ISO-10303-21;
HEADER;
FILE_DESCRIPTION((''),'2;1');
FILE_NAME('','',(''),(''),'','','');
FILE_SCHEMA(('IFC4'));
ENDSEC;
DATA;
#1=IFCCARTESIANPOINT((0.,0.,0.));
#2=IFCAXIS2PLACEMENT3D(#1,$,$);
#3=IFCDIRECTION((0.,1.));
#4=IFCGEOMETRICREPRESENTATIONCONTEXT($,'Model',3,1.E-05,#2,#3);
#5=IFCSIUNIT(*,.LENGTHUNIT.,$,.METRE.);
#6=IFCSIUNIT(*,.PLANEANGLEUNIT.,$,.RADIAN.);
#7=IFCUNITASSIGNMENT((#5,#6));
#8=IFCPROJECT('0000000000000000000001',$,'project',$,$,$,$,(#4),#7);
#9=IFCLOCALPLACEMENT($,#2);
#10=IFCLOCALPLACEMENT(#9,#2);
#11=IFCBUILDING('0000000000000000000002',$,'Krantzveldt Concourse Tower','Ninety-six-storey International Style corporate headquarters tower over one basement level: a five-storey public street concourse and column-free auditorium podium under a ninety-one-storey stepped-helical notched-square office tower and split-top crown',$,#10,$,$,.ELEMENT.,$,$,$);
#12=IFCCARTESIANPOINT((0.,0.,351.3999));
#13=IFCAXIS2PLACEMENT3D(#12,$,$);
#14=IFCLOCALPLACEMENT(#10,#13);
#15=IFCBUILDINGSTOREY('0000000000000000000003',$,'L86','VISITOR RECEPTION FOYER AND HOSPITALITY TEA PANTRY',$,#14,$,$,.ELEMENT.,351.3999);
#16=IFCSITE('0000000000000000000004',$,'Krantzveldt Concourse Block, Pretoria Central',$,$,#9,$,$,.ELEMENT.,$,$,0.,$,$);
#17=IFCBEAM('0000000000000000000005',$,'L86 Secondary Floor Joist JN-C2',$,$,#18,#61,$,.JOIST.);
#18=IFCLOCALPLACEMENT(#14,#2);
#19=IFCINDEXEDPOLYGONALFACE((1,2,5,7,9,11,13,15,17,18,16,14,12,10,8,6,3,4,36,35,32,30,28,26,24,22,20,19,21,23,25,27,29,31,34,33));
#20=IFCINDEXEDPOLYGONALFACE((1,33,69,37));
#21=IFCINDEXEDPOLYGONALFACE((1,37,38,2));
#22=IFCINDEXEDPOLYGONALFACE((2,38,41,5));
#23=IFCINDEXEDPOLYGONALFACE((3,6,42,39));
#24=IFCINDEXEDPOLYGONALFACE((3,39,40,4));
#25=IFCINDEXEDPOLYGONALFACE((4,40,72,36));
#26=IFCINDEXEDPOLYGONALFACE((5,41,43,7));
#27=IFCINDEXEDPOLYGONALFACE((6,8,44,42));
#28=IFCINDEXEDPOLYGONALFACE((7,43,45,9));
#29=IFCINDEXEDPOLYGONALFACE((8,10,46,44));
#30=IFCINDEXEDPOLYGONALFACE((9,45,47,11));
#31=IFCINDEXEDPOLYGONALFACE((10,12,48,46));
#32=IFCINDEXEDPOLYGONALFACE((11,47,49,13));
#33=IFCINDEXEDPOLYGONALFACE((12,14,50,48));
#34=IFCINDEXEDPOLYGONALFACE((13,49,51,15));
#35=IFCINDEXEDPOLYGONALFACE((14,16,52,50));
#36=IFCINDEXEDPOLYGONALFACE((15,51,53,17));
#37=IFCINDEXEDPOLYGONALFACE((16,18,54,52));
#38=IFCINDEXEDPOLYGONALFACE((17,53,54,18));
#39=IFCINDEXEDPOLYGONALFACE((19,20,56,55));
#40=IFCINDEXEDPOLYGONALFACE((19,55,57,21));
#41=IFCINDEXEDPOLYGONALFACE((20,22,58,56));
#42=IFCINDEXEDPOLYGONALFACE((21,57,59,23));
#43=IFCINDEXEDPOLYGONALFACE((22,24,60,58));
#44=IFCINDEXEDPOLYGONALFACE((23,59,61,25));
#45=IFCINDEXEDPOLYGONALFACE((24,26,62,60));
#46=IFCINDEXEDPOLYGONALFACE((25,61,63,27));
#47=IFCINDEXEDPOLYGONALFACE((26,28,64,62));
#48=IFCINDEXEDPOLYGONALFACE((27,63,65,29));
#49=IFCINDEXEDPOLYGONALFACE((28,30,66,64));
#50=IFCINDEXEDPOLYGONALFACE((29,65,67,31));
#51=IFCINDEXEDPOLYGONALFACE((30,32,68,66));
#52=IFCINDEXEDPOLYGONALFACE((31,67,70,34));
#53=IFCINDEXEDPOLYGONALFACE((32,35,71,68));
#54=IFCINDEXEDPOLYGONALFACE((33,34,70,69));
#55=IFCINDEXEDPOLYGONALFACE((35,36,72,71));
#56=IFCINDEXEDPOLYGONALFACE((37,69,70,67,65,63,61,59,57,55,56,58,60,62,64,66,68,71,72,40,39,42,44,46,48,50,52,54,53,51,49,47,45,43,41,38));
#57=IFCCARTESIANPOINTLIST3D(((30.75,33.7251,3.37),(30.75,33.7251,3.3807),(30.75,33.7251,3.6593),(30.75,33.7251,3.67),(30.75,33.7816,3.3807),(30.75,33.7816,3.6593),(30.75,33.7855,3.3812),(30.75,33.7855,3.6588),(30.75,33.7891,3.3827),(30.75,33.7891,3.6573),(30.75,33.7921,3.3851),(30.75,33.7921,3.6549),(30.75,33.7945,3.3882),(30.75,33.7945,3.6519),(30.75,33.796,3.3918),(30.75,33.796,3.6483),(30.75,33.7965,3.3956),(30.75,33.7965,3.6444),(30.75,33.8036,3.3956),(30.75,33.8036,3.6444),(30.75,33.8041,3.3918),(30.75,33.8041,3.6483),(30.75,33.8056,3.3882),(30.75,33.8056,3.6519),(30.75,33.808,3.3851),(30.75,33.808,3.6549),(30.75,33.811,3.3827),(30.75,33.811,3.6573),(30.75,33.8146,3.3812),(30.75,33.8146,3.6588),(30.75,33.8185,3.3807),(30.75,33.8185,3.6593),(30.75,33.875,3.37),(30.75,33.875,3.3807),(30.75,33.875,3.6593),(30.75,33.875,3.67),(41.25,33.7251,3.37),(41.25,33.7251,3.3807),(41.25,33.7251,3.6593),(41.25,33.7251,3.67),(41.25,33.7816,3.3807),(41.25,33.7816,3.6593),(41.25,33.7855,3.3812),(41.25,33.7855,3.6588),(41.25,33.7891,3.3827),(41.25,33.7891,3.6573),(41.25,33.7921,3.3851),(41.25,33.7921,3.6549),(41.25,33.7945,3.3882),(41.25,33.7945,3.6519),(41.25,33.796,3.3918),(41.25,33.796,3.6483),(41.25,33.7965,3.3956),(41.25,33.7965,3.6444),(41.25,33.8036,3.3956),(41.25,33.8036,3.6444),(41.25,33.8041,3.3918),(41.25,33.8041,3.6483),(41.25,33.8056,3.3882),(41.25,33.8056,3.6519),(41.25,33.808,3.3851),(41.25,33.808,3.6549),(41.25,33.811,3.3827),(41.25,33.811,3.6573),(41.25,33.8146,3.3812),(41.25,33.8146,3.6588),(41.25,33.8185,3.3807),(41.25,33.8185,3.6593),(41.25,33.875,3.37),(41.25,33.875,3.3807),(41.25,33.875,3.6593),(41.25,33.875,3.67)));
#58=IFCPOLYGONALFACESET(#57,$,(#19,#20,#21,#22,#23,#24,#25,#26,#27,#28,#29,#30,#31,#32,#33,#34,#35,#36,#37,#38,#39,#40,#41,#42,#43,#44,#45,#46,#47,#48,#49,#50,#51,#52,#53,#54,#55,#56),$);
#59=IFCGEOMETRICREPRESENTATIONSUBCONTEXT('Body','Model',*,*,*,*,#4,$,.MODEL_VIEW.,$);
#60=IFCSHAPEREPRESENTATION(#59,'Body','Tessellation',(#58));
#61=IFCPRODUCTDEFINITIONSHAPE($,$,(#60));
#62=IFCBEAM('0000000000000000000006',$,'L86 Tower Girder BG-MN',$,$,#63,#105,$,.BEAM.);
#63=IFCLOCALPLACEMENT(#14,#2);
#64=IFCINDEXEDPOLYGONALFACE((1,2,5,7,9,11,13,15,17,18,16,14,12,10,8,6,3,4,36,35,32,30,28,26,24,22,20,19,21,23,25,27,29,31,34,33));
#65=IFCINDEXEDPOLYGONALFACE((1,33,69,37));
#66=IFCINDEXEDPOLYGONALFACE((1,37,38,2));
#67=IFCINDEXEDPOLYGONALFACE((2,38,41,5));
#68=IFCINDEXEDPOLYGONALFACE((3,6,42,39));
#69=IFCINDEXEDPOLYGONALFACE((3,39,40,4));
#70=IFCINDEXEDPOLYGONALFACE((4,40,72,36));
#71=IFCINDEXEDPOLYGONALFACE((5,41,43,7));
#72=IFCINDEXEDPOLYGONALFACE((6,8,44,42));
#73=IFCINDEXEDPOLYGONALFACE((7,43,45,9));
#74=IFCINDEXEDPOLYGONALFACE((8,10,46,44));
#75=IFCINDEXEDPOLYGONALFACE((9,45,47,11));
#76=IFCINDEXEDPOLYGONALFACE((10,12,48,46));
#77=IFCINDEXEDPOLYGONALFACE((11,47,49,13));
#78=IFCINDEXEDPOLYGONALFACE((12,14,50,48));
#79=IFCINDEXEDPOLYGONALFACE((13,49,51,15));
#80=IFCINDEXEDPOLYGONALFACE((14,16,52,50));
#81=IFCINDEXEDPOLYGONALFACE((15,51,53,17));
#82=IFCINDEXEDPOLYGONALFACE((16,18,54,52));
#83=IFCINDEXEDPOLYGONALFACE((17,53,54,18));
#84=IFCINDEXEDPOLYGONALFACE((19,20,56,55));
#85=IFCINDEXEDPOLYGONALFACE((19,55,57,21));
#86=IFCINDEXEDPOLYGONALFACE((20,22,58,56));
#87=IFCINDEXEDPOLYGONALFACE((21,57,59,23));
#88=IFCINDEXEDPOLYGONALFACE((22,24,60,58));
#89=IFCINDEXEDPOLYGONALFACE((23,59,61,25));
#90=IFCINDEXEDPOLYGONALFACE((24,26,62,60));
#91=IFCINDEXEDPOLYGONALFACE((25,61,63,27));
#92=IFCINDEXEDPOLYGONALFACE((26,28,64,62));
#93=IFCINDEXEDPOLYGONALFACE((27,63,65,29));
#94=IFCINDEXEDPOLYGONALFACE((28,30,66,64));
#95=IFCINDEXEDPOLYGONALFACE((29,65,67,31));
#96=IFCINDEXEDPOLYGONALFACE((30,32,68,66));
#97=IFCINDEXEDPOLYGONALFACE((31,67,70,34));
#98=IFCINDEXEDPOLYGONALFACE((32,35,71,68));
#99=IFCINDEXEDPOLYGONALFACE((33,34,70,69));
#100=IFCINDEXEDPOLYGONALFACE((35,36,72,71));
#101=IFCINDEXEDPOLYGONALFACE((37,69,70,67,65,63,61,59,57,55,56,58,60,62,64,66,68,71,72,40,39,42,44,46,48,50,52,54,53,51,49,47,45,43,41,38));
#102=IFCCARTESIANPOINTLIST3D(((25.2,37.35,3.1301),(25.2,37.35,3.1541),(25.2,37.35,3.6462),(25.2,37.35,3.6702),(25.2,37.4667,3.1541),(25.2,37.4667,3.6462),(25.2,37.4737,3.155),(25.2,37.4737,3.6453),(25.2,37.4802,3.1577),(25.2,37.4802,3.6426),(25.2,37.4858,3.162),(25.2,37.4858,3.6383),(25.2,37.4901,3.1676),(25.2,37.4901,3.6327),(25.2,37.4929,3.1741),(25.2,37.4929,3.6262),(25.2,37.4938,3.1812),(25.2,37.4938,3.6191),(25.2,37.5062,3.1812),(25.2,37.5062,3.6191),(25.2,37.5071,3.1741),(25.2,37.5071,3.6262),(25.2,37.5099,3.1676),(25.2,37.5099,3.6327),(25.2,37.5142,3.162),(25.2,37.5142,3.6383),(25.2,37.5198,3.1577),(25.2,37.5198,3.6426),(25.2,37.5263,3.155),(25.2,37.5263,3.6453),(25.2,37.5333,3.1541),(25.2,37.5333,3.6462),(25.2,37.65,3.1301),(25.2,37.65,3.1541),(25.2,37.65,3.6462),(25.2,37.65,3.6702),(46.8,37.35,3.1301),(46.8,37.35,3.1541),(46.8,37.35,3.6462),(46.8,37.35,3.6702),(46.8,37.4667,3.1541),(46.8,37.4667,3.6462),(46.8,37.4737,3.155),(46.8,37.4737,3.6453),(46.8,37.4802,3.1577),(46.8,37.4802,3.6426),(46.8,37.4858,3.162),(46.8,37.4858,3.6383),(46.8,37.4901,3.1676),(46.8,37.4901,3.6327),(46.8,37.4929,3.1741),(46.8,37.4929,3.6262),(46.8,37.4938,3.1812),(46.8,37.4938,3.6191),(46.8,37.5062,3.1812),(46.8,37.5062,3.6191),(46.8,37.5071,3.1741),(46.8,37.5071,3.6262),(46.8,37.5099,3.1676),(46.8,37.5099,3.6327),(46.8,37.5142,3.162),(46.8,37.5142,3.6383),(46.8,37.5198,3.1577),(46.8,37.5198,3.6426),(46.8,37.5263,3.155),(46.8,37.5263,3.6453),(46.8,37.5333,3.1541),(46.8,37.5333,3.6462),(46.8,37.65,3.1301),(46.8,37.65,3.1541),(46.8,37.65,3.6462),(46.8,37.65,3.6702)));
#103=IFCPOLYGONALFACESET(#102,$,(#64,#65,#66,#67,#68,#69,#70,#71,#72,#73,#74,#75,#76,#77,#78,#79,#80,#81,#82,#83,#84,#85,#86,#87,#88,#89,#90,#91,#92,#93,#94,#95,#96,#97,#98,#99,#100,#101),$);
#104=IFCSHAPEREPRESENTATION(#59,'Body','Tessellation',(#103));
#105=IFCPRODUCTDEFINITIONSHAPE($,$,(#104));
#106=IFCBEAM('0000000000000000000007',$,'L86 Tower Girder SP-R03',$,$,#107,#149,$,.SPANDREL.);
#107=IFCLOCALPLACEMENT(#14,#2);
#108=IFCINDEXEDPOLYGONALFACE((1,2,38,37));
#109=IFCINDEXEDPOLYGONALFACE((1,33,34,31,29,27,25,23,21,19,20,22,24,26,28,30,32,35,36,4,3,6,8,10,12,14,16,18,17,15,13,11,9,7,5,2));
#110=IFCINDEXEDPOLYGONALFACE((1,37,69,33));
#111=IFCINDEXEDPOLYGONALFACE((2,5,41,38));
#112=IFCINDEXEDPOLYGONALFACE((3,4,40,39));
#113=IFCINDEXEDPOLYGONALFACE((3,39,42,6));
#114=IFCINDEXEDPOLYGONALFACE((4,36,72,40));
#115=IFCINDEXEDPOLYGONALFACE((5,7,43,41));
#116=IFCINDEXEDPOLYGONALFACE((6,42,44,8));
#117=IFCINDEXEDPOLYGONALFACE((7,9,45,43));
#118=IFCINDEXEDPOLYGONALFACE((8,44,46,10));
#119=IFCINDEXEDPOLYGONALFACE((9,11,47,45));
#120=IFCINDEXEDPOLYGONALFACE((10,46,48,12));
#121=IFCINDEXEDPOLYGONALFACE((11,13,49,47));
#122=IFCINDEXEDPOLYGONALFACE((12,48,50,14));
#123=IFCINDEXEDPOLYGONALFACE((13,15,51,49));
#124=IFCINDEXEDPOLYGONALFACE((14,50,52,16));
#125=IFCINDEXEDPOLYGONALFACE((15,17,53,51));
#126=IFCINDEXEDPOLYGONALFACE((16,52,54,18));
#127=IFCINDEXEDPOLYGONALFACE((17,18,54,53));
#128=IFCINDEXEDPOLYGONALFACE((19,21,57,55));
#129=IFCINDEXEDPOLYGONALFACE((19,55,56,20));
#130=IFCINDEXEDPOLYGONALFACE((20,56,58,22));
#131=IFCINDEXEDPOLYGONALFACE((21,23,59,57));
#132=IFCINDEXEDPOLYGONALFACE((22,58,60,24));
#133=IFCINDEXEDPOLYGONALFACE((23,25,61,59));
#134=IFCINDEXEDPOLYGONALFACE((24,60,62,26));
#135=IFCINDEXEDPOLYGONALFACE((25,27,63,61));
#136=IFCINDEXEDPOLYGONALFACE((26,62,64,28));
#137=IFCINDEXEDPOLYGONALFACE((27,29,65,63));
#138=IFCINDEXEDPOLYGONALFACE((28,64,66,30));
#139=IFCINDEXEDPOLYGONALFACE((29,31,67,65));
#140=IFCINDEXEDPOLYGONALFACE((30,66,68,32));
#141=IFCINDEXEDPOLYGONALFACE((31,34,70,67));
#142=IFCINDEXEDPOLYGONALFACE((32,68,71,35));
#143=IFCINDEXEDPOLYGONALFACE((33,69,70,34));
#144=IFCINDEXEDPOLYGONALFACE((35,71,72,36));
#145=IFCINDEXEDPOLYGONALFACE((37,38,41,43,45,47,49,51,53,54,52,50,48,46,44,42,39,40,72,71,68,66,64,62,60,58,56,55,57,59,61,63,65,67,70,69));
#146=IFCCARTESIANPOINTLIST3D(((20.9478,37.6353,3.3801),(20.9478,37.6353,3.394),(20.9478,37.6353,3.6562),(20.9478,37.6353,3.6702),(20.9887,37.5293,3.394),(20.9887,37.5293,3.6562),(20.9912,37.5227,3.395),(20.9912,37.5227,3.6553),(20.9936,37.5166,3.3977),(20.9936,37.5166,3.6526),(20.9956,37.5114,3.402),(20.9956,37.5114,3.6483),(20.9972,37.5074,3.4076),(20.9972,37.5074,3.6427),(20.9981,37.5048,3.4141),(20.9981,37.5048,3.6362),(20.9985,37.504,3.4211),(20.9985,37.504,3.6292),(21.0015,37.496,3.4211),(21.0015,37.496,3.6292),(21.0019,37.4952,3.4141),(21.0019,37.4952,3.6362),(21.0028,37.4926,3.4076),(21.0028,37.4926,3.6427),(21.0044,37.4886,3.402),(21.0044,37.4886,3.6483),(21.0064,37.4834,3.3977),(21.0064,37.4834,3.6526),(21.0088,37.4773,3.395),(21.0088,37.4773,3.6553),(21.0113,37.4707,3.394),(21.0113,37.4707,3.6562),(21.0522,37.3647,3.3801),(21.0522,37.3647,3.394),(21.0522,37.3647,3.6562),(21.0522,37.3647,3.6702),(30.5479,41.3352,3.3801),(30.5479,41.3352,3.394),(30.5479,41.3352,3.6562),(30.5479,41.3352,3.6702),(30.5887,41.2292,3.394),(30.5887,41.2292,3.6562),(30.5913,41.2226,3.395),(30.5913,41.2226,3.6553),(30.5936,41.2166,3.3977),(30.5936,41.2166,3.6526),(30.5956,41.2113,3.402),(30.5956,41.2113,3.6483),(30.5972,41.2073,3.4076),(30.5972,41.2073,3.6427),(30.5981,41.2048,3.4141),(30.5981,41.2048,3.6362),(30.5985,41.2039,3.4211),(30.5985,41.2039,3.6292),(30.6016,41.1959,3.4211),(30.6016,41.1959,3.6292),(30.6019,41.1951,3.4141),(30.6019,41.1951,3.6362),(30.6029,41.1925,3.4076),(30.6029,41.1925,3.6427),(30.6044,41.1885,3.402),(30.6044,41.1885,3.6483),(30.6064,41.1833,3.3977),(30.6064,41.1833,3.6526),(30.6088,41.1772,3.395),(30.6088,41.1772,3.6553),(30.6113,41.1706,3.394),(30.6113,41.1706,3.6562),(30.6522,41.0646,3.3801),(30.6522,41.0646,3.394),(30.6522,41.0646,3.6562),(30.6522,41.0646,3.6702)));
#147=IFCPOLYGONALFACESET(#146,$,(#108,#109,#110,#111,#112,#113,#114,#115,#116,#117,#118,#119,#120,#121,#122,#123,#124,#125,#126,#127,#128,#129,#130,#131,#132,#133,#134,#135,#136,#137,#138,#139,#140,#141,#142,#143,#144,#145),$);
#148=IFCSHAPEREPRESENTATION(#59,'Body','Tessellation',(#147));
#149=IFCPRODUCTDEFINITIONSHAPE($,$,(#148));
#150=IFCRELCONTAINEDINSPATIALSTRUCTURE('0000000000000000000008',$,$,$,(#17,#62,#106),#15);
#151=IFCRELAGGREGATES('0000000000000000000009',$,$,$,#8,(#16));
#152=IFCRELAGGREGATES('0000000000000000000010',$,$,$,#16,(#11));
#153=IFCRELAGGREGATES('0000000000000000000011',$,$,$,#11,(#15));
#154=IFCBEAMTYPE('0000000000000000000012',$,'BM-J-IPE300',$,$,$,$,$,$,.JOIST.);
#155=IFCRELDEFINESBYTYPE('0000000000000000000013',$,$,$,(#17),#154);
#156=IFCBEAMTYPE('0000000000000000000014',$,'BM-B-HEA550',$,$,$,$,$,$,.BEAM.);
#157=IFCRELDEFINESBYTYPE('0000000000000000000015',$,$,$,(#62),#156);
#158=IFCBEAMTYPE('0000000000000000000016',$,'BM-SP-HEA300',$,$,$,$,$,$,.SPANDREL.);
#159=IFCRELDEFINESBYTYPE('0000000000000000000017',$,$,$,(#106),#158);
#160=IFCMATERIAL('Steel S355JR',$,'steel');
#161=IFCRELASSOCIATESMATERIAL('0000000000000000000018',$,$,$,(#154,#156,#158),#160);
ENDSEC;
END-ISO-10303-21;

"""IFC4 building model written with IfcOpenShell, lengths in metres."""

from ifc_helpers import new_model, si_unit, direction, frame, origin, origin_2d, place, context, subcontext, project, spatial, i_section, extrude, source, transform, mapped, material, material_profile, profile_set, type_object, type_shapes, element, save


model = new_model("IFC4")

# Units and contexts
model_context = context("Model", 3, precision=1e-05, world=origin(), true_north=direction((0.0, 1.0)))
body_context = subcontext(model_context, "Body", "Model", "MODEL_VIEW")
ifc_project = project(units=[si_unit("LENGTHUNIT", "METRE"), si_unit("PLANEANGLEUNIT", "RADIAN")], contexts=[model_context])

# Site, building, storey
site_placement = place(None, origin())
site = spatial("IfcSite", under=ifc_project, at=site_placement, Name="Krantzveldt Concourse Block, Pretoria Central", CompositionType="ELEMENT", RefElevation=0.0)
building_placement = place(site_placement, origin())
building = spatial("IfcBuilding", under=site, at=building_placement, Name="Krantzveldt Concourse Tower", Description="Ninety-six-storey International Style corporate headquarters tower over one basement level: a five-storey public street concourse and column-free auditorium podium under a ninety-one-storey stepped-helical notched-square office tower and split-top crown", CompositionType="ELEMENT")
storey_placement = place(building_placement, frame((0.0, 0.0, 351.3999)))
storey = spatial("IfcBuildingStorey", under=building, at=storey_placement, Name="L86", Description="VISITOR RECEPTION FOYER AND HOSPITALITY TEA PANTRY", CompositionType="ELEMENT", Elevation=351.3999)

# Beams
ifc_material_1 = material(Name="Steel S355JR", Category="steel")
ifc_material_profile_1 = material_profile(ifc_material_1, i_section(OverallWidth=0.1499, OverallDepth=0.3, WebThickness=0.0071, FlangeThickness=0.0107, FilletRadius=0.0149, at=origin_2d()), Name="Steel S355JR", Category="steel")
ifc_profile_set_1 = profile_set([ifc_material_profile_1], Name="Steel S355JR - IPE 300")
beam_type_1 = type_object("IfcBeamType", Name="BM-J-IPE300", PredefinedType="JOIST", material=ifc_profile_set_1)
shared_shape_1 = source(origin(), body_context, "Body", "SweptSolid", [
    extrude(i_section(OverallWidth=0.1499, OverallDepth=0.3, WebThickness=0.0071, FlangeThickness=0.0107, FilletRadius=0.0149, at=origin_2d()), origin(), (0.0, 0.0, 1.0), 10.5),
])
beam_1_placement = place(storey_placement, frame((30.75, 33.8, 3.52), z_axis=(1.0, 0.0, 0.0), x_axis=(0.0, 1.0, 0.0)))
element("IfcBeam", 1, at=beam_1_placement, inside=storey, type_object=beam_type_1, Name="L86 Secondary Floor Joist JN-C2", PredefinedType="JOIST", context=body_context, shape_type="MappedRepresentation", body=[
    mapped(shared_shape_1, transform((0.0, 0.0, 0.0), x_axis=(1.0, 0.0, 0.0), y_axis=(0.0, 1.0, 0.0), z_axis=(0.0, 0.0, 1.0), scale=1.0)),
])
ifc_material_profile_2 = material_profile(ifc_material_1, i_section(OverallWidth=0.3, OverallDepth=0.54, WebThickness=0.0125, FlangeThickness=0.0239, FilletRadius=0.0271, at=origin_2d()), Name="Steel S355JR", Category="steel")
ifc_profile_set_2 = profile_set([ifc_material_profile_2], Name="Steel S355JR - HEA 550")
beam_type_2 = type_object("IfcBeamType", Name="BM-B-HEA550", PredefinedType="BEAM", material=ifc_profile_set_2)
shared_shape_2 = source(origin(), body_context, "Body", "SweptSolid", [
    extrude(i_section(OverallWidth=0.3, OverallDepth=0.54, WebThickness=0.0125, FlangeThickness=0.0239, FilletRadius=0.0271, at=origin_2d()), origin(), (0.0, 0.0, 1.0), 21.6001),
])
type_shapes(beam_type_2, [shared_shape_2])
beam_2_placement = place(storey_placement, frame((25.2, 37.5, 3.4001), z_axis=(1.0, 0.0, 0.0), x_axis=(0.0, 1.0, 0.0)))
element("IfcBeam", 2, at=beam_2_placement, inside=storey, type_object=beam_type_2, Name="L86 Tower Girder BG-MN", PredefinedType="BEAM", context=body_context, shape_type="MappedRepresentation", body=[
    mapped(shared_shape_2, transform((0.0, 0.0, 0.0), x_axis=(1.0, 0.0, 0.0), y_axis=(0.0, 1.0, 0.0), z_axis=(0.0, 0.0, 1.0), scale=1.0)),
])
ifc_material_profile_3 = material_profile(ifc_material_1, i_section(OverallWidth=0.29, OverallDepth=0.29, WebThickness=0.0085, FlangeThickness=0.0139, FilletRadius=0.0271, at=origin_2d()), Name="Steel S355JR", Category="steel")
ifc_profile_set_3 = profile_set([ifc_material_profile_3], Name="Steel S355JR - HEA 300")
beam_type_3 = type_object("IfcBeamType", Name="BM-SP-HEA300", PredefinedType="SPANDREL", material=ifc_profile_set_3)
shared_shape_3 = source(origin(), body_context, "Body", "SweptSolid", [
    extrude(i_section(OverallWidth=0.29, OverallDepth=0.29, WebThickness=0.0085, FlangeThickness=0.0139, FilletRadius=0.0271, at=origin_2d()), origin(), (0.0, 0.0, 1.0), 10.2883),
])
beam_3_placement = place(storey_placement, frame((21.0, 37.5, 3.5251), z_axis=(0.933098, 0.359623, 0.0), x_axis=(-0.359623, 0.933098, 0.0)))
element("IfcBeam", 3, at=beam_3_placement, inside=storey, type_object=beam_type_3, Name="L86 Tower Girder SP-R03", PredefinedType="SPANDREL", context=body_context, shape_type="MappedRepresentation", body=[
    mapped(shared_shape_3, transform((0.0, 0.0, 0.0), x_axis=(1.0, 0.0, 0.0), y_axis=(0.0, 1.0, 0.0), z_axis=(0.0, 0.0, 1.0), scale=1.0)),
])

save(model, "model.ifc")
